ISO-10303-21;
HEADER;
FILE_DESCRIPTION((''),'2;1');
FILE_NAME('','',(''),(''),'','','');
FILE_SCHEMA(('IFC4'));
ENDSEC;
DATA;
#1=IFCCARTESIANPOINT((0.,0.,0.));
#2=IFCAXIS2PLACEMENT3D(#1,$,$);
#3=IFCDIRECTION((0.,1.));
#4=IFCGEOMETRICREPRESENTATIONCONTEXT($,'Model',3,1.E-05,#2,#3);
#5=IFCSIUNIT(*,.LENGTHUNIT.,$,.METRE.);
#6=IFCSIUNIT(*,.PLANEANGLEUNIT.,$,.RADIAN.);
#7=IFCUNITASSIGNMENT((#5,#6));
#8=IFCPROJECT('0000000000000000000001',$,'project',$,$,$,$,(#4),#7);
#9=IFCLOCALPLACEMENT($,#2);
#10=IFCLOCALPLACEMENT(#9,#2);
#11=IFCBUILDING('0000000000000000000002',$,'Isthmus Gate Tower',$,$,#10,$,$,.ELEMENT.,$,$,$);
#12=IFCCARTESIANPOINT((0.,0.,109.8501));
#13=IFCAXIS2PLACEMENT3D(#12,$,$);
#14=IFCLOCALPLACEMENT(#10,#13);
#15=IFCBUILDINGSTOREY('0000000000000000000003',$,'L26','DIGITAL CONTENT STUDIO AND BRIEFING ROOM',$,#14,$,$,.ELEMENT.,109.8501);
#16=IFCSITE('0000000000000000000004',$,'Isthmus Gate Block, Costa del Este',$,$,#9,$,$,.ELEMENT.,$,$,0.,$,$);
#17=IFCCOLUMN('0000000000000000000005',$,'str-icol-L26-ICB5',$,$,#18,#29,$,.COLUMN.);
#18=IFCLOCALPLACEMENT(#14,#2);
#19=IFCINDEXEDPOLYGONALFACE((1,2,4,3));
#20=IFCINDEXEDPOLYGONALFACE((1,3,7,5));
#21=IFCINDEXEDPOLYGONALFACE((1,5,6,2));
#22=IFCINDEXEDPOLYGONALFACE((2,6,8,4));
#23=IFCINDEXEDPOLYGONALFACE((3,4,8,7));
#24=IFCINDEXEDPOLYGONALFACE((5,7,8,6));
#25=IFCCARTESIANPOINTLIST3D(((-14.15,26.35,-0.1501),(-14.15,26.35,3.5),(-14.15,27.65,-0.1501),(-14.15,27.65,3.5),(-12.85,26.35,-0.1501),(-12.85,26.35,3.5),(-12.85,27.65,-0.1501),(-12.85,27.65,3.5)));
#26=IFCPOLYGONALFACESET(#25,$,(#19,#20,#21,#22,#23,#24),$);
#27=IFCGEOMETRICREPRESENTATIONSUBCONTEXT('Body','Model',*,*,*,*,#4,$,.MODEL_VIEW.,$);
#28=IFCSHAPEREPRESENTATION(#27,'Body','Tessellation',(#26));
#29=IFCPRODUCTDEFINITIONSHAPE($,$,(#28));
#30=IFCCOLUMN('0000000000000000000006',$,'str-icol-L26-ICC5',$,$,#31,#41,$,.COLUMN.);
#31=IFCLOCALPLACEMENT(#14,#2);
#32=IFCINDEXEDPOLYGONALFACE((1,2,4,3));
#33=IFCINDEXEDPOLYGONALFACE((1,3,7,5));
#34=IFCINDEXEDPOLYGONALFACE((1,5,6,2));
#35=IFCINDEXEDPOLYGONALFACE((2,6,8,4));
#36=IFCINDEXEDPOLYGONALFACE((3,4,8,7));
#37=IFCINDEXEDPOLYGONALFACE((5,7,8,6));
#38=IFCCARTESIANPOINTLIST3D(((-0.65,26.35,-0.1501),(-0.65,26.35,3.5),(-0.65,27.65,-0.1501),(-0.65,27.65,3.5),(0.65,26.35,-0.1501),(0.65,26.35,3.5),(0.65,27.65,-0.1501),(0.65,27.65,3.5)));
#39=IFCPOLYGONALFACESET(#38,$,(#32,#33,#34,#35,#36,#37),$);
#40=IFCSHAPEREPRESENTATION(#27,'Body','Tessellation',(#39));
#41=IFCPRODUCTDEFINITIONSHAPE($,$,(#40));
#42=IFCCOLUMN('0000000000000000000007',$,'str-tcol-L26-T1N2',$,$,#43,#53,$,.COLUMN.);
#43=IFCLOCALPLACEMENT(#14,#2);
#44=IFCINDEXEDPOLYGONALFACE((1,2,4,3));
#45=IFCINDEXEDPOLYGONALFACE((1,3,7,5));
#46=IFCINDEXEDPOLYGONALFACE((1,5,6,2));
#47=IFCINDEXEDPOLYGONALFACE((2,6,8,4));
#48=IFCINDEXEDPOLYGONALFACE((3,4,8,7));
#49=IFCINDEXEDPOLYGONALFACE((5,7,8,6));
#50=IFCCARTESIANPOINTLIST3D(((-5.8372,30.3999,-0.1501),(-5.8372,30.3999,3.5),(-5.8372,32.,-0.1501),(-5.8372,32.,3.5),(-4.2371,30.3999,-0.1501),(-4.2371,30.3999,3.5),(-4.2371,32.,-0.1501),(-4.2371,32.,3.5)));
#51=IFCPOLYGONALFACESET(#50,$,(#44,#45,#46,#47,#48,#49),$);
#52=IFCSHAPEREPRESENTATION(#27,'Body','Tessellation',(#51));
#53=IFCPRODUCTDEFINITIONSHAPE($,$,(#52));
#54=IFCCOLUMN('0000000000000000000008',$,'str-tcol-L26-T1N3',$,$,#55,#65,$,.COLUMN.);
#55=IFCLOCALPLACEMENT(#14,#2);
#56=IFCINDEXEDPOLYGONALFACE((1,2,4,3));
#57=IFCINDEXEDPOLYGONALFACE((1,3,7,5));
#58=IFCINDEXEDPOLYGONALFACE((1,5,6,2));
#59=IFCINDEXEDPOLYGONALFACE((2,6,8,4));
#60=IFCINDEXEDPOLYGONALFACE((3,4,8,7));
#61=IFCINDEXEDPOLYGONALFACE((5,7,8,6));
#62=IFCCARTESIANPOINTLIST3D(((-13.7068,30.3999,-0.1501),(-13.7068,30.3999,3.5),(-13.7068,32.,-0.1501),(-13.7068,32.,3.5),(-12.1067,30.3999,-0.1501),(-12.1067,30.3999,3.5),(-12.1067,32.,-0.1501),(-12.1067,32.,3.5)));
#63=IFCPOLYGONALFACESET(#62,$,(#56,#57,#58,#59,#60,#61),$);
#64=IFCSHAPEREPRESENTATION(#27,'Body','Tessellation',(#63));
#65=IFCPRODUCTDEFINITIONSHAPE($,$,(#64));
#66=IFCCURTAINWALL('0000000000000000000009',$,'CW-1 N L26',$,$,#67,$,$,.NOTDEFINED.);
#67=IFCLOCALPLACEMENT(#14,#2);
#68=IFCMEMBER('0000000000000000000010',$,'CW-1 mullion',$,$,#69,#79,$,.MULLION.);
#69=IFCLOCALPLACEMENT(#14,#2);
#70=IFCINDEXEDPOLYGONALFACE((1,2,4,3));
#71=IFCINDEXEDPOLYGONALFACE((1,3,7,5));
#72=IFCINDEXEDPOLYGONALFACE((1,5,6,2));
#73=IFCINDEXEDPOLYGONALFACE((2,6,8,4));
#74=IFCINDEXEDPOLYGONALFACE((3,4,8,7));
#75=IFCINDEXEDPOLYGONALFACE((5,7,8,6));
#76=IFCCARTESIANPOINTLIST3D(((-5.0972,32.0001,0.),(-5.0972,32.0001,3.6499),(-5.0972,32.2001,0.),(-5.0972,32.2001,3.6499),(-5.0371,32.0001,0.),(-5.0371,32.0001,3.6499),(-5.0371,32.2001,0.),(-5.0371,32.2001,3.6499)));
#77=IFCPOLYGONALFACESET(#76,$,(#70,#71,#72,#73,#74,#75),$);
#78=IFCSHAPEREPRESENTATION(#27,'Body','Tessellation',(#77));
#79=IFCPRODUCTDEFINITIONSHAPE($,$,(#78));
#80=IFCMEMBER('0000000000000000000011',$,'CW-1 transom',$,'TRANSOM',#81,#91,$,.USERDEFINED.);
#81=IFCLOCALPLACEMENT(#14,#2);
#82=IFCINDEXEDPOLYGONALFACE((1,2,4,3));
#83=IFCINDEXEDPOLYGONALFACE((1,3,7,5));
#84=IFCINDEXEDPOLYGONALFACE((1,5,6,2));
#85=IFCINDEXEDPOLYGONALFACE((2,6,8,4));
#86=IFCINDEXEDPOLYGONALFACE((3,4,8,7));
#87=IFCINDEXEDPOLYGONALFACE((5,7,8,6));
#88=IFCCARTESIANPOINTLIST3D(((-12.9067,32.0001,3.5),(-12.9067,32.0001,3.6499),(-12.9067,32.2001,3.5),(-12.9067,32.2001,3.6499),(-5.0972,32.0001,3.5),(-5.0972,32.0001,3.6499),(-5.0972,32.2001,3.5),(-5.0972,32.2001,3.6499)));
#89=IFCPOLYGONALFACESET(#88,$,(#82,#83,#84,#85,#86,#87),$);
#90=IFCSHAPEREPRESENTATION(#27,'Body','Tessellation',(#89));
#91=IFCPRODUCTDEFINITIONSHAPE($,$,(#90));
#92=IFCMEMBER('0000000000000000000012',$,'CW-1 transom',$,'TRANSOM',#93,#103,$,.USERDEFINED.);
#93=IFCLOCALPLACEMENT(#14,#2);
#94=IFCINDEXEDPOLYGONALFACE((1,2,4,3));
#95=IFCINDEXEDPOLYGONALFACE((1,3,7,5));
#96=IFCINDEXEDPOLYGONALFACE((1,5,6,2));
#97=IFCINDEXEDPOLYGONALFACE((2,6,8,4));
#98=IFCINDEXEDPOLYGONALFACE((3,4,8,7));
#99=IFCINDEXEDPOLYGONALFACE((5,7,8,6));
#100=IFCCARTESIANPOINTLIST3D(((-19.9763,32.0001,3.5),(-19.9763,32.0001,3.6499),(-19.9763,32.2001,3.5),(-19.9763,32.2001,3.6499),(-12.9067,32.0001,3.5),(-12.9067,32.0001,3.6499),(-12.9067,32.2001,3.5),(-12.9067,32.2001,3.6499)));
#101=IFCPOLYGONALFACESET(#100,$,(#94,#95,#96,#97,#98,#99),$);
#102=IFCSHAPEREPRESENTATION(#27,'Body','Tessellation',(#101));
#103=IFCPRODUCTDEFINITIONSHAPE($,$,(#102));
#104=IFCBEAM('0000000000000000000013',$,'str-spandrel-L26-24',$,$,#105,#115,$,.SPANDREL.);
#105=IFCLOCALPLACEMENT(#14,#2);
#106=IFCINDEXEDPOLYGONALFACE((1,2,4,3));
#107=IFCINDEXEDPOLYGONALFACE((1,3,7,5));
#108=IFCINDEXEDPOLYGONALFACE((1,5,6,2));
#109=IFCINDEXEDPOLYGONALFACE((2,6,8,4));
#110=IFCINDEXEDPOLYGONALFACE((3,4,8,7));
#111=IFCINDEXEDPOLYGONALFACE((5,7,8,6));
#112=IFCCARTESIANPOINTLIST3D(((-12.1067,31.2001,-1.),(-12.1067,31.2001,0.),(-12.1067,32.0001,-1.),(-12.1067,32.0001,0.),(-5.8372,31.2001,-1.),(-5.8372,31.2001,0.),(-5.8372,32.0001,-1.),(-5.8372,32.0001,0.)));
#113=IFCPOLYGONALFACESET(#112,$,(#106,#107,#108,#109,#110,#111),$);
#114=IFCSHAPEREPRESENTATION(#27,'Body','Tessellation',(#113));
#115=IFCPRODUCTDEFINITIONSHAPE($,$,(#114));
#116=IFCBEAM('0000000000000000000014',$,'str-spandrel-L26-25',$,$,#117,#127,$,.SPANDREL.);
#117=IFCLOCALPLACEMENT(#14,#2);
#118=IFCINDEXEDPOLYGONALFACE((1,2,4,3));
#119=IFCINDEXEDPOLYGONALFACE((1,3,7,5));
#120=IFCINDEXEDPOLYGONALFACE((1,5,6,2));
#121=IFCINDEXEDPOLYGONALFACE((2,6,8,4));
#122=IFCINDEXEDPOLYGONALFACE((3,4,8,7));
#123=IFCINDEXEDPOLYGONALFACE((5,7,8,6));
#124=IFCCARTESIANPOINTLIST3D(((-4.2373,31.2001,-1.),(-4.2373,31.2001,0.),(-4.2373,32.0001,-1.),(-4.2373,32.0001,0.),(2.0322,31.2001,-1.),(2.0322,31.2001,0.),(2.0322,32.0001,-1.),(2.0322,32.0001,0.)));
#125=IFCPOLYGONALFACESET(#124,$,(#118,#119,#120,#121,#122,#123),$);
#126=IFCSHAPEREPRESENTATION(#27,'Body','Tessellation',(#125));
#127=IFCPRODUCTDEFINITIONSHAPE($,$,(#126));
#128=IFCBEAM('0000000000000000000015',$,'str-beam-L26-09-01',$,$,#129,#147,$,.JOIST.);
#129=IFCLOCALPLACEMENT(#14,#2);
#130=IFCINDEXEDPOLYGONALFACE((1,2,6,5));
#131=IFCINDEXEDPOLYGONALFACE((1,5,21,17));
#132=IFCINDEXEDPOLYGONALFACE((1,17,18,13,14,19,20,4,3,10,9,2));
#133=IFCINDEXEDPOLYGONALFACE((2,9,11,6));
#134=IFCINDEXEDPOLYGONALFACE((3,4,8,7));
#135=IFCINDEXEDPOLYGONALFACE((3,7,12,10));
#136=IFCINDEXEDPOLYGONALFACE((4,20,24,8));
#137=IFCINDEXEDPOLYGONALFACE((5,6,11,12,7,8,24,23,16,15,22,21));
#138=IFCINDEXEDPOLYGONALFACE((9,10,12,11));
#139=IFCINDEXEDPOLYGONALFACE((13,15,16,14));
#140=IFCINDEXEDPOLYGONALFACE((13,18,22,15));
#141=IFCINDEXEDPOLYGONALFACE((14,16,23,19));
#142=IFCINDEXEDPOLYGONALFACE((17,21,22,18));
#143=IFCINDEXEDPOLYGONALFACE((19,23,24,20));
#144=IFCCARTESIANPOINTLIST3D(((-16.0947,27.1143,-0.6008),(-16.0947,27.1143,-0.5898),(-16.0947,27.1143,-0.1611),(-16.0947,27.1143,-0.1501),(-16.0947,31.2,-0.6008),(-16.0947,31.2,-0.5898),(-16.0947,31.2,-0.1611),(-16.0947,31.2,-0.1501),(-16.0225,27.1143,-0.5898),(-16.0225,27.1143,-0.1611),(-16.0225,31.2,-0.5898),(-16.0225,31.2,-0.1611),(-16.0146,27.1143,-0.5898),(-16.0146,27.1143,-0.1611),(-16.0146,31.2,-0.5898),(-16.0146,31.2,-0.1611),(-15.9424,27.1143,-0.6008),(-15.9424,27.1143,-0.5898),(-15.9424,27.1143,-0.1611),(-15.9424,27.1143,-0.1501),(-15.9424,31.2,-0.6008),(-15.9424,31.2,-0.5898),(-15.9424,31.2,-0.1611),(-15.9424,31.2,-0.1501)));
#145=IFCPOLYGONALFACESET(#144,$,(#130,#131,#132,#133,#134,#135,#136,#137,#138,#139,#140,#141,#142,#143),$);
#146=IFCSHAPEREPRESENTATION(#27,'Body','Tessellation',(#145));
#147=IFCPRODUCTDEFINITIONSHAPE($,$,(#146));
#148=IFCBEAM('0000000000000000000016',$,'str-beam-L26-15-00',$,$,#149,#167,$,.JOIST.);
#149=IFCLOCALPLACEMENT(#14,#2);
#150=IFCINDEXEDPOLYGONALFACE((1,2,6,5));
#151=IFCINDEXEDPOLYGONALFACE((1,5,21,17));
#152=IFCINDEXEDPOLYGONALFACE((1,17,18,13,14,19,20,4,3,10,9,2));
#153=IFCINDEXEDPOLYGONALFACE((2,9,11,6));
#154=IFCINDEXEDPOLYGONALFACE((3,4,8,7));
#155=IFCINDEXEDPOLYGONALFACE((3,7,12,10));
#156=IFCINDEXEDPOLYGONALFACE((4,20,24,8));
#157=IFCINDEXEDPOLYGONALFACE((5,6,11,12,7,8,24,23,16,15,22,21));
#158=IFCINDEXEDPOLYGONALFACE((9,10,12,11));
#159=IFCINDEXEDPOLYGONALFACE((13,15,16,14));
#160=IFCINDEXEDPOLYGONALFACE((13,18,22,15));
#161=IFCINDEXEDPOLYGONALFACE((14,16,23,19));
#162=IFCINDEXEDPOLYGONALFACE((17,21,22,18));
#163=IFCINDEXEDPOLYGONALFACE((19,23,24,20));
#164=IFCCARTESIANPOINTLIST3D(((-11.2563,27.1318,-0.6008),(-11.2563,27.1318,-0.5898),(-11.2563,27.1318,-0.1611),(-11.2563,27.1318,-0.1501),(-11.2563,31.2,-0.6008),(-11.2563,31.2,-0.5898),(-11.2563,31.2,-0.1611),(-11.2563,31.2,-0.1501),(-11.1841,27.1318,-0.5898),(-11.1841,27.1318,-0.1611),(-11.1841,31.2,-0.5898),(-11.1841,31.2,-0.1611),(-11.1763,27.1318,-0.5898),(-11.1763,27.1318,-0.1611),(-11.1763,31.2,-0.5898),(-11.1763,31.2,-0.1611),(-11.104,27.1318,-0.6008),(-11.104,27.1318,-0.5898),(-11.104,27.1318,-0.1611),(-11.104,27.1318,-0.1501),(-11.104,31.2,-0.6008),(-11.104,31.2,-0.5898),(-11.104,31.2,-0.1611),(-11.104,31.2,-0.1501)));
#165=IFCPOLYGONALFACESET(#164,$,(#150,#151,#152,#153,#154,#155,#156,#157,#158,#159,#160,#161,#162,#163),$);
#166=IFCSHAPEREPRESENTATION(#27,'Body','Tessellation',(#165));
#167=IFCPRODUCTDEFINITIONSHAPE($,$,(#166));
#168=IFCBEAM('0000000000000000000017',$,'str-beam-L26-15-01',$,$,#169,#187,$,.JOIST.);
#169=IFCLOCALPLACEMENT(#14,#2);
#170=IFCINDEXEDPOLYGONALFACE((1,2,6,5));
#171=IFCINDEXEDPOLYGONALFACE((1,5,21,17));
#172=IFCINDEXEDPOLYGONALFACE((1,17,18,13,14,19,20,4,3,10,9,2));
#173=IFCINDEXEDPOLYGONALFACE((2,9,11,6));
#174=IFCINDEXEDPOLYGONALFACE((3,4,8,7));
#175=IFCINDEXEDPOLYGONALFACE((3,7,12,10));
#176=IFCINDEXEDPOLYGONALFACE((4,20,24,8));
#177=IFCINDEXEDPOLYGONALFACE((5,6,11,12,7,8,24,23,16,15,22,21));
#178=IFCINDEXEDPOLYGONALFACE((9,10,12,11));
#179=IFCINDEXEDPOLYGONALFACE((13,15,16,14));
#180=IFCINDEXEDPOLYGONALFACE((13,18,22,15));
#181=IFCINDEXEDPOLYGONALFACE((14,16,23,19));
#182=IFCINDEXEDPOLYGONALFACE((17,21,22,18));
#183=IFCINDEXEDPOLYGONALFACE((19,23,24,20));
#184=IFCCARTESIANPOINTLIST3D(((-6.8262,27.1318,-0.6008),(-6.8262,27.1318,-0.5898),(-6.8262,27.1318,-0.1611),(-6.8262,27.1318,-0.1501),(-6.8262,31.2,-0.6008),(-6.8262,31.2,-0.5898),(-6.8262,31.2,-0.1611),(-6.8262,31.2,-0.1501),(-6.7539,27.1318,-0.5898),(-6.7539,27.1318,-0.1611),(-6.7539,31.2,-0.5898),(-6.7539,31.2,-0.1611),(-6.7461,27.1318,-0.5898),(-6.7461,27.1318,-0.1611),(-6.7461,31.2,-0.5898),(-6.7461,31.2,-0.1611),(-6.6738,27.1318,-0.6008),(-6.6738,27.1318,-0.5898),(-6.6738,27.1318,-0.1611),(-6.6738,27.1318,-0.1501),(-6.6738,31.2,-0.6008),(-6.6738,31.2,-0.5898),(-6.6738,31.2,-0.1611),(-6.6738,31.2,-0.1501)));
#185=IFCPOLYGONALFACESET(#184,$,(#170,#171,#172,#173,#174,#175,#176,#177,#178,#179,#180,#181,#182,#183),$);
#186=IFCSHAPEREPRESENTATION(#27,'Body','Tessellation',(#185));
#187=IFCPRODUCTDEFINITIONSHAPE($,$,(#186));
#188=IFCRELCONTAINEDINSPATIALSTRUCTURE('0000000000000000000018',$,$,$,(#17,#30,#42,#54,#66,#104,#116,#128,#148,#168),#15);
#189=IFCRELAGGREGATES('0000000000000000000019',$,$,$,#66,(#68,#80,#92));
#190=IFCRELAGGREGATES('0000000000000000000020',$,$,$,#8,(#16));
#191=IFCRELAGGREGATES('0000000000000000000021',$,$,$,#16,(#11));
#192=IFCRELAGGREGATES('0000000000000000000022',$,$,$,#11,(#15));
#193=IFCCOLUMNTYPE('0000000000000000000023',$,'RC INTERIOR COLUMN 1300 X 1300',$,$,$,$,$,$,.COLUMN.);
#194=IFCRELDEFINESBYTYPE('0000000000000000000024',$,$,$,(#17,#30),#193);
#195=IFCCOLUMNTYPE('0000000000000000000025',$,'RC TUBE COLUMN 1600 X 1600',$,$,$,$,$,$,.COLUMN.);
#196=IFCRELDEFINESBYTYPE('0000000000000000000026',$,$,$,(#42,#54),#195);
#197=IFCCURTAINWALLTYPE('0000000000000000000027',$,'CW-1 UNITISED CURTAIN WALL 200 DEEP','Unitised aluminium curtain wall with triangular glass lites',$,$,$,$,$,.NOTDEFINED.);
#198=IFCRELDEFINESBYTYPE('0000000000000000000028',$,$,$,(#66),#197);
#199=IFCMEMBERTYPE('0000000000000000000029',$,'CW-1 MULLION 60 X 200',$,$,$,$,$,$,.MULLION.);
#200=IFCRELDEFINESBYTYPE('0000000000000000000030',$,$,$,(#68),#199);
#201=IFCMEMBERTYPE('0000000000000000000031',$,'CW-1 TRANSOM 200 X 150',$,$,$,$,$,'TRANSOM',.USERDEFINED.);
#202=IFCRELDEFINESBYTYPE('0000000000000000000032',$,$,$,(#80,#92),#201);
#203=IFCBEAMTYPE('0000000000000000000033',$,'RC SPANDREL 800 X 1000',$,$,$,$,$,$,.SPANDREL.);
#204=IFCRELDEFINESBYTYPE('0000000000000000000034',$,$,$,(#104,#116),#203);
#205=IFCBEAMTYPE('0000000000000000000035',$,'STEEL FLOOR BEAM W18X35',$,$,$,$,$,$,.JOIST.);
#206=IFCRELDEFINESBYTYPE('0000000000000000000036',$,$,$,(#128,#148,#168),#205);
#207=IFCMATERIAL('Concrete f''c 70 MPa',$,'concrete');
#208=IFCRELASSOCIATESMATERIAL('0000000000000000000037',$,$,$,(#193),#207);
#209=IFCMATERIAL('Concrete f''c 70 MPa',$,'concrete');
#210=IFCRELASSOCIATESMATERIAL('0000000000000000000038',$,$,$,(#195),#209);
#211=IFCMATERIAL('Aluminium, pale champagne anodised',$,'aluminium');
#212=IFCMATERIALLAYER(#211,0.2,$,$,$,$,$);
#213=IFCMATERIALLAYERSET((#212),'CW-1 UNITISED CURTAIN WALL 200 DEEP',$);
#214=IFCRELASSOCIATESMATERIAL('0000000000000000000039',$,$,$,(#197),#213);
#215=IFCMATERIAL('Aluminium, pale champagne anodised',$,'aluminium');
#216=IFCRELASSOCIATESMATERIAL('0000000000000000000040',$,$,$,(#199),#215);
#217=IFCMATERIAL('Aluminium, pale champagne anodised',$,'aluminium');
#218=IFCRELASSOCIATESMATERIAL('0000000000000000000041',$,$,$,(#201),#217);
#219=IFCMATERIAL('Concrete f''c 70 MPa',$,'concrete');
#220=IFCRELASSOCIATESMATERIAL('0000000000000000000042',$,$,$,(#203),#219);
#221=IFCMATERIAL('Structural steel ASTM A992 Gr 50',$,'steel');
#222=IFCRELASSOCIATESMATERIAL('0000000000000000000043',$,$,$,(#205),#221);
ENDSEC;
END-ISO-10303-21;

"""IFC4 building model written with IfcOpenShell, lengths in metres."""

from ifc_helpers import new_model, si_unit, direction, frame, origin, origin_2d, place, context, subcontext, project, spatial, rectangle, i_section, extrude, material, layer, layer_set, material_profile, profile_set, type_object, element, aggregate, save


model = new_model("IFC4")

# Units and contexts
model_context = context("Model", 3, precision=1e-05, world=origin(), true_north=direction((0.0, 1.0)))
body_context = subcontext(model_context, "Body", "Model", "MODEL_VIEW")
ifc_project = project(units=[si_unit("LENGTHUNIT", "METRE"), si_unit("PLANEANGLEUNIT", "RADIAN")], contexts=[model_context])

# Site, building, storey
site_placement = place(None, origin())
site = spatial("IfcSite", under=ifc_project, at=site_placement, Name="Isthmus Gate Block, Costa del Este", CompositionType="ELEMENT", RefElevation=0.0)
building_placement = place(site_placement, origin())
building = spatial("IfcBuilding", under=site, at=building_placement, Name="Isthmus Gate Tower", CompositionType="ELEMENT")
storey_placement = place(building_placement, frame((0.0, 0.0, 109.8501)))
storey = spatial("IfcBuildingStorey", under=building, at=storey_placement, Name="L26", Description="DIGITAL CONTENT STUDIO AND BRIEFING ROOM", CompositionType="ELEMENT", Elevation=109.8501)

# Columns
ifc_material_1 = material(Name="Concrete f'c 70 MPa", Category="concrete")
ifc_material_profile_1 = material_profile(ifc_material_1, rectangle(XDim=1.3, YDim=1.3, at=origin_2d()), Name="RC 1300X1300")
ifc_profile_set_1 = profile_set([ifc_material_profile_1], Name="Concrete f'c 70 MPa")
column_type_1 = type_object("IfcColumnType", Name="RC INTERIOR COLUMN 1300 X 1300", PredefinedType="COLUMN", material=ifc_profile_set_1)
for number, where, z_axis, x_axis, name in (
    (1, (-13.5, 27.0, -0.1501), (0.0, 0.0, 1.0), (1.0, 0.0, 0.0), "str-icol-L26-ICB5"),
    (2, (0.0, 27.0, -0.1501), (0.0, 0.0, 1.0), (1.0, 0.0, 0.0), "str-icol-L26-ICC5"),
):
    element("IfcColumn", number, at=place(storey_placement, frame(where, z_axis=z_axis, x_axis=x_axis)), inside=storey, type_object=column_type_1, Name=name, PredefinedType="COLUMN", context=body_context, shape_type="SweptSolid", body=[
        extrude(rectangle(XDim=1.3, YDim=1.3, at=origin_2d()), origin(), (0.0, 0.0, 1.0), 3.6501),
    ])
ifc_material_2 = material(Name="Concrete f'c 70 MPa", Category="concrete")
ifc_material_profile_2 = material_profile(ifc_material_2, rectangle(XDim=1.6001, YDim=1.6001, at=origin_2d()), Name="RC 1600X1600")
ifc_profile_set_2 = profile_set([ifc_material_profile_2], Name="Concrete f'c 70 MPa")
column_type_2 = type_object("IfcColumnType", Name="RC TUBE COLUMN 1600 X 1600", PredefinedType="COLUMN", material=ifc_profile_set_2)
for number, where, z_axis, x_axis, name in (
    (3, (-5.0371, 31.2, -0.1501), (0.0, 0.0, 1.0), (-1.0, 0.0, 0.0), "str-tcol-L26-T1N2"),
    (4, (-12.9067, 31.2, -0.1501), (0.0, 0.0, 1.0), (-1.0, 0.0, 0.0), "str-tcol-L26-T1N3"),
):
    element("IfcColumn", number, at=place(storey_placement, frame(where, z_axis=z_axis, x_axis=x_axis)), inside=storey, type_object=column_type_2, Name=name, PredefinedType="COLUMN", context=body_context, shape_type="SweptSolid", body=[
        extrude(rectangle(XDim=1.6001, YDim=1.6001, at=origin_2d()), origin(), (0.0, 0.0, 1.0), 3.6501),
    ])

# Curtain wall, members
ifc_material_3 = material(Name="Aluminium, pale champagne anodised", Category="aluminium")
ifc_layer_1 = layer(ifc_material_3, 0.2)
ifc_layer_set_1 = layer_set([ifc_layer_1], Name="CW-1 UNITISED CURTAIN WALL 200 DEEP")
curtain_wall_type = type_object("IfcCurtainWallType", Name="CW-1 UNITISED CURTAIN WALL 200 DEEP", Description="Unitised aluminium curtain wall with triangular glass lites", PredefinedType="NOTDEFINED", material=ifc_layer_set_1)
curtain_wall_placement = place(storey_placement, origin())
curtain_wall = element("IfcCurtainWall", 5, at=curtain_wall_placement, inside=storey, type_object=curtain_wall_type, Name="CW-1 N L26", PredefinedType="NOTDEFINED")
ifc_material_4 = material(Name="Aluminium, pale champagne anodised", Category="aluminium")
ifc_material_profile_3 = material_profile(ifc_material_4, rectangle(XDim=0.0601, YDim=0.2, at=origin_2d()), Name="60x200")
ifc_profile_set_3 = profile_set([ifc_material_profile_3], Name="Aluminium, pale champagne anodised")
member_type_1 = type_object("IfcMemberType", Name="CW-1 MULLION 60 X 200", PredefinedType="MULLION", material=ifc_profile_set_3)
member_1_placement = place(storey_placement, frame((-5.0671, 32.1001, 0.0), z_axis=(0.0, 0.0, 1.0), x_axis=(-1.0, 0.0, 0.0)))
member_1 = element("IfcMember", 6, at=member_1_placement, type_object=member_type_1, Name="CW-1 mullion", PredefinedType="MULLION", context=body_context, shape_type="SweptSolid", body=[
    extrude(rectangle(XDim=0.0601, YDim=0.2, at=origin_2d()), origin(), (0.0, 0.0, 1.0), 3.6499),
])
ifc_material_5 = material(Name="Aluminium, pale champagne anodised", Category="aluminium")
ifc_material_profile_4 = material_profile(ifc_material_5, rectangle(XDim=0.2, YDim=0.1499, at=origin_2d()), Name="200x150")
ifc_profile_set_4 = profile_set([ifc_material_profile_4], Name="Aluminium, pale champagne anodised")
member_type_2 = type_object("IfcMemberType", Name="CW-1 TRANSOM 200 X 150", ElementType="TRANSOM", PredefinedType="USERDEFINED", material=ifc_profile_set_4)
member_2_placement = place(storey_placement, frame((-5.0972, 32.1001, 3.575), z_axis=(-1.0, 0.0, 0.0), x_axis=(0.0, -1.0, 0.0)))
member_2 = element("IfcMember", 7, at=member_2_placement, type_object=member_type_2, Name="CW-1 transom", ObjectType="TRANSOM", PredefinedType="USERDEFINED", context=body_context, shape_type="SweptSolid", body=[
    extrude(rectangle(XDim=0.2, YDim=0.1499, at=origin_2d()), origin(), (0.0, 0.0, 1.0), 7.8096),
])
member_3_placement = place(storey_placement, frame((-12.9067, 32.1001, 3.575), z_axis=(-1.0, 0.0, 0.0), x_axis=(0.0, -1.0, 0.0)))
member_3 = element("IfcMember", 8, at=member_3_placement, type_object=member_type_2, Name="CW-1 transom", ObjectType="TRANSOM", PredefinedType="USERDEFINED", context=body_context, shape_type="SweptSolid", body=[
    extrude(rectangle(XDim=0.2, YDim=0.1499, at=origin_2d()), origin(), (0.0, 0.0, 1.0), 7.0696),
])

# Beams
ifc_material_6 = material(Name="Concrete f'c 70 MPa", Category="concrete")
ifc_material_profile_5 = material_profile(ifc_material_6, rectangle(XDim=0.8, YDim=1.0, at=origin_2d()), Name="RC 800X1000")
ifc_profile_set_5 = profile_set([ifc_material_profile_5], Name="Concrete f'c 70 MPa")
beam_type_1 = type_object("IfcBeamType", Name="RC SPANDREL 800 X 1000", PredefinedType="SPANDREL", material=ifc_profile_set_5)
for number, where, z_axis, x_axis, name in (
    (9, (-12.1067, 31.6001, -0.5), (1.0, 0.0, 0.0), (0.0, 1.0, 0.0), "str-spandrel-L26-24"),
    (10, (-4.2373, 31.6001, -0.5), (1.0, 0.0, 0.0), (0.0, 1.0, 0.0), "str-spandrel-L26-25"),
):
    element("IfcBeam", number, at=place(storey_placement, frame(where, z_axis=z_axis, x_axis=x_axis)), inside=storey, type_object=beam_type_1, Name=name, PredefinedType="SPANDREL", context=body_context, shape_type="SweptSolid", body=[
        extrude(rectangle(XDim=0.8, YDim=1.0, at=origin_2d()), origin(), (0.0, 0.0, 1.0), 6.2695),
    ])
ifc_material_7 = material(Name="Structural steel ASTM A992 Gr 50", Category="steel")
ifc_material_profile_6 = material_profile(ifc_material_7, i_section(OverallWidth=0.1523, OverallDepth=0.4507, WebThickness=0.0078, FlangeThickness=0.011, at=origin_2d()), Name="W18X35")
ifc_profile_set_6 = profile_set([ifc_material_profile_6], Name="Structural steel ASTM A992 Gr 50")
beam_type_2 = type_object("IfcBeamType", Name="STEEL FLOOR BEAM W18X35", PredefinedType="JOIST", material=ifc_profile_set_6)
beam_1_placement = place(storey_placement, frame((-16.0186, 27.1143, -0.3755), z_axis=(0.0, 1.0, 0.0), x_axis=(-1.0, 0.0, 0.0)))
element("IfcBeam", 11, at=beam_1_placement, inside=storey, type_object=beam_type_2, Name="str-beam-L26-09-01", PredefinedType="JOIST", context=body_context, shape_type="SweptSolid", body=[
    extrude(i_section(OverallWidth=0.1523, OverallDepth=0.4507, WebThickness=0.0078, FlangeThickness=0.011, at=origin_2d()), origin(), (0.0, 0.0, 1.0), 4.0857),
])
for number, where, z_axis, x_axis, name in (
    (12, (-11.1802, 27.1318, -0.3755), (0.0, 1.0, 0.0), (-1.0, 0.0, 0.0), "str-beam-L26-15-00"),
    (13, (-6.75, 27.1318, -0.3755), (0.0, 1.0, 0.0), (-1.0, 0.0, 0.0), "str-beam-L26-15-01"),
):
    element("IfcBeam", number, at=place(storey_placement, frame(where, z_axis=z_axis, x_axis=x_axis)), inside=storey, type_object=beam_type_2, Name=name, PredefinedType="JOIST", context=body_context, shape_type="SweptSolid", body=[
        extrude(i_section(OverallWidth=0.1523, OverallDepth=0.4507, WebThickness=0.0078, FlangeThickness=0.011, at=origin_2d()), origin(), (0.0, 0.0, 1.0), 4.0681),
    ])

aggregate(curtain_wall, [member_1, member_2, member_3])

save(model, "model.ifc")
